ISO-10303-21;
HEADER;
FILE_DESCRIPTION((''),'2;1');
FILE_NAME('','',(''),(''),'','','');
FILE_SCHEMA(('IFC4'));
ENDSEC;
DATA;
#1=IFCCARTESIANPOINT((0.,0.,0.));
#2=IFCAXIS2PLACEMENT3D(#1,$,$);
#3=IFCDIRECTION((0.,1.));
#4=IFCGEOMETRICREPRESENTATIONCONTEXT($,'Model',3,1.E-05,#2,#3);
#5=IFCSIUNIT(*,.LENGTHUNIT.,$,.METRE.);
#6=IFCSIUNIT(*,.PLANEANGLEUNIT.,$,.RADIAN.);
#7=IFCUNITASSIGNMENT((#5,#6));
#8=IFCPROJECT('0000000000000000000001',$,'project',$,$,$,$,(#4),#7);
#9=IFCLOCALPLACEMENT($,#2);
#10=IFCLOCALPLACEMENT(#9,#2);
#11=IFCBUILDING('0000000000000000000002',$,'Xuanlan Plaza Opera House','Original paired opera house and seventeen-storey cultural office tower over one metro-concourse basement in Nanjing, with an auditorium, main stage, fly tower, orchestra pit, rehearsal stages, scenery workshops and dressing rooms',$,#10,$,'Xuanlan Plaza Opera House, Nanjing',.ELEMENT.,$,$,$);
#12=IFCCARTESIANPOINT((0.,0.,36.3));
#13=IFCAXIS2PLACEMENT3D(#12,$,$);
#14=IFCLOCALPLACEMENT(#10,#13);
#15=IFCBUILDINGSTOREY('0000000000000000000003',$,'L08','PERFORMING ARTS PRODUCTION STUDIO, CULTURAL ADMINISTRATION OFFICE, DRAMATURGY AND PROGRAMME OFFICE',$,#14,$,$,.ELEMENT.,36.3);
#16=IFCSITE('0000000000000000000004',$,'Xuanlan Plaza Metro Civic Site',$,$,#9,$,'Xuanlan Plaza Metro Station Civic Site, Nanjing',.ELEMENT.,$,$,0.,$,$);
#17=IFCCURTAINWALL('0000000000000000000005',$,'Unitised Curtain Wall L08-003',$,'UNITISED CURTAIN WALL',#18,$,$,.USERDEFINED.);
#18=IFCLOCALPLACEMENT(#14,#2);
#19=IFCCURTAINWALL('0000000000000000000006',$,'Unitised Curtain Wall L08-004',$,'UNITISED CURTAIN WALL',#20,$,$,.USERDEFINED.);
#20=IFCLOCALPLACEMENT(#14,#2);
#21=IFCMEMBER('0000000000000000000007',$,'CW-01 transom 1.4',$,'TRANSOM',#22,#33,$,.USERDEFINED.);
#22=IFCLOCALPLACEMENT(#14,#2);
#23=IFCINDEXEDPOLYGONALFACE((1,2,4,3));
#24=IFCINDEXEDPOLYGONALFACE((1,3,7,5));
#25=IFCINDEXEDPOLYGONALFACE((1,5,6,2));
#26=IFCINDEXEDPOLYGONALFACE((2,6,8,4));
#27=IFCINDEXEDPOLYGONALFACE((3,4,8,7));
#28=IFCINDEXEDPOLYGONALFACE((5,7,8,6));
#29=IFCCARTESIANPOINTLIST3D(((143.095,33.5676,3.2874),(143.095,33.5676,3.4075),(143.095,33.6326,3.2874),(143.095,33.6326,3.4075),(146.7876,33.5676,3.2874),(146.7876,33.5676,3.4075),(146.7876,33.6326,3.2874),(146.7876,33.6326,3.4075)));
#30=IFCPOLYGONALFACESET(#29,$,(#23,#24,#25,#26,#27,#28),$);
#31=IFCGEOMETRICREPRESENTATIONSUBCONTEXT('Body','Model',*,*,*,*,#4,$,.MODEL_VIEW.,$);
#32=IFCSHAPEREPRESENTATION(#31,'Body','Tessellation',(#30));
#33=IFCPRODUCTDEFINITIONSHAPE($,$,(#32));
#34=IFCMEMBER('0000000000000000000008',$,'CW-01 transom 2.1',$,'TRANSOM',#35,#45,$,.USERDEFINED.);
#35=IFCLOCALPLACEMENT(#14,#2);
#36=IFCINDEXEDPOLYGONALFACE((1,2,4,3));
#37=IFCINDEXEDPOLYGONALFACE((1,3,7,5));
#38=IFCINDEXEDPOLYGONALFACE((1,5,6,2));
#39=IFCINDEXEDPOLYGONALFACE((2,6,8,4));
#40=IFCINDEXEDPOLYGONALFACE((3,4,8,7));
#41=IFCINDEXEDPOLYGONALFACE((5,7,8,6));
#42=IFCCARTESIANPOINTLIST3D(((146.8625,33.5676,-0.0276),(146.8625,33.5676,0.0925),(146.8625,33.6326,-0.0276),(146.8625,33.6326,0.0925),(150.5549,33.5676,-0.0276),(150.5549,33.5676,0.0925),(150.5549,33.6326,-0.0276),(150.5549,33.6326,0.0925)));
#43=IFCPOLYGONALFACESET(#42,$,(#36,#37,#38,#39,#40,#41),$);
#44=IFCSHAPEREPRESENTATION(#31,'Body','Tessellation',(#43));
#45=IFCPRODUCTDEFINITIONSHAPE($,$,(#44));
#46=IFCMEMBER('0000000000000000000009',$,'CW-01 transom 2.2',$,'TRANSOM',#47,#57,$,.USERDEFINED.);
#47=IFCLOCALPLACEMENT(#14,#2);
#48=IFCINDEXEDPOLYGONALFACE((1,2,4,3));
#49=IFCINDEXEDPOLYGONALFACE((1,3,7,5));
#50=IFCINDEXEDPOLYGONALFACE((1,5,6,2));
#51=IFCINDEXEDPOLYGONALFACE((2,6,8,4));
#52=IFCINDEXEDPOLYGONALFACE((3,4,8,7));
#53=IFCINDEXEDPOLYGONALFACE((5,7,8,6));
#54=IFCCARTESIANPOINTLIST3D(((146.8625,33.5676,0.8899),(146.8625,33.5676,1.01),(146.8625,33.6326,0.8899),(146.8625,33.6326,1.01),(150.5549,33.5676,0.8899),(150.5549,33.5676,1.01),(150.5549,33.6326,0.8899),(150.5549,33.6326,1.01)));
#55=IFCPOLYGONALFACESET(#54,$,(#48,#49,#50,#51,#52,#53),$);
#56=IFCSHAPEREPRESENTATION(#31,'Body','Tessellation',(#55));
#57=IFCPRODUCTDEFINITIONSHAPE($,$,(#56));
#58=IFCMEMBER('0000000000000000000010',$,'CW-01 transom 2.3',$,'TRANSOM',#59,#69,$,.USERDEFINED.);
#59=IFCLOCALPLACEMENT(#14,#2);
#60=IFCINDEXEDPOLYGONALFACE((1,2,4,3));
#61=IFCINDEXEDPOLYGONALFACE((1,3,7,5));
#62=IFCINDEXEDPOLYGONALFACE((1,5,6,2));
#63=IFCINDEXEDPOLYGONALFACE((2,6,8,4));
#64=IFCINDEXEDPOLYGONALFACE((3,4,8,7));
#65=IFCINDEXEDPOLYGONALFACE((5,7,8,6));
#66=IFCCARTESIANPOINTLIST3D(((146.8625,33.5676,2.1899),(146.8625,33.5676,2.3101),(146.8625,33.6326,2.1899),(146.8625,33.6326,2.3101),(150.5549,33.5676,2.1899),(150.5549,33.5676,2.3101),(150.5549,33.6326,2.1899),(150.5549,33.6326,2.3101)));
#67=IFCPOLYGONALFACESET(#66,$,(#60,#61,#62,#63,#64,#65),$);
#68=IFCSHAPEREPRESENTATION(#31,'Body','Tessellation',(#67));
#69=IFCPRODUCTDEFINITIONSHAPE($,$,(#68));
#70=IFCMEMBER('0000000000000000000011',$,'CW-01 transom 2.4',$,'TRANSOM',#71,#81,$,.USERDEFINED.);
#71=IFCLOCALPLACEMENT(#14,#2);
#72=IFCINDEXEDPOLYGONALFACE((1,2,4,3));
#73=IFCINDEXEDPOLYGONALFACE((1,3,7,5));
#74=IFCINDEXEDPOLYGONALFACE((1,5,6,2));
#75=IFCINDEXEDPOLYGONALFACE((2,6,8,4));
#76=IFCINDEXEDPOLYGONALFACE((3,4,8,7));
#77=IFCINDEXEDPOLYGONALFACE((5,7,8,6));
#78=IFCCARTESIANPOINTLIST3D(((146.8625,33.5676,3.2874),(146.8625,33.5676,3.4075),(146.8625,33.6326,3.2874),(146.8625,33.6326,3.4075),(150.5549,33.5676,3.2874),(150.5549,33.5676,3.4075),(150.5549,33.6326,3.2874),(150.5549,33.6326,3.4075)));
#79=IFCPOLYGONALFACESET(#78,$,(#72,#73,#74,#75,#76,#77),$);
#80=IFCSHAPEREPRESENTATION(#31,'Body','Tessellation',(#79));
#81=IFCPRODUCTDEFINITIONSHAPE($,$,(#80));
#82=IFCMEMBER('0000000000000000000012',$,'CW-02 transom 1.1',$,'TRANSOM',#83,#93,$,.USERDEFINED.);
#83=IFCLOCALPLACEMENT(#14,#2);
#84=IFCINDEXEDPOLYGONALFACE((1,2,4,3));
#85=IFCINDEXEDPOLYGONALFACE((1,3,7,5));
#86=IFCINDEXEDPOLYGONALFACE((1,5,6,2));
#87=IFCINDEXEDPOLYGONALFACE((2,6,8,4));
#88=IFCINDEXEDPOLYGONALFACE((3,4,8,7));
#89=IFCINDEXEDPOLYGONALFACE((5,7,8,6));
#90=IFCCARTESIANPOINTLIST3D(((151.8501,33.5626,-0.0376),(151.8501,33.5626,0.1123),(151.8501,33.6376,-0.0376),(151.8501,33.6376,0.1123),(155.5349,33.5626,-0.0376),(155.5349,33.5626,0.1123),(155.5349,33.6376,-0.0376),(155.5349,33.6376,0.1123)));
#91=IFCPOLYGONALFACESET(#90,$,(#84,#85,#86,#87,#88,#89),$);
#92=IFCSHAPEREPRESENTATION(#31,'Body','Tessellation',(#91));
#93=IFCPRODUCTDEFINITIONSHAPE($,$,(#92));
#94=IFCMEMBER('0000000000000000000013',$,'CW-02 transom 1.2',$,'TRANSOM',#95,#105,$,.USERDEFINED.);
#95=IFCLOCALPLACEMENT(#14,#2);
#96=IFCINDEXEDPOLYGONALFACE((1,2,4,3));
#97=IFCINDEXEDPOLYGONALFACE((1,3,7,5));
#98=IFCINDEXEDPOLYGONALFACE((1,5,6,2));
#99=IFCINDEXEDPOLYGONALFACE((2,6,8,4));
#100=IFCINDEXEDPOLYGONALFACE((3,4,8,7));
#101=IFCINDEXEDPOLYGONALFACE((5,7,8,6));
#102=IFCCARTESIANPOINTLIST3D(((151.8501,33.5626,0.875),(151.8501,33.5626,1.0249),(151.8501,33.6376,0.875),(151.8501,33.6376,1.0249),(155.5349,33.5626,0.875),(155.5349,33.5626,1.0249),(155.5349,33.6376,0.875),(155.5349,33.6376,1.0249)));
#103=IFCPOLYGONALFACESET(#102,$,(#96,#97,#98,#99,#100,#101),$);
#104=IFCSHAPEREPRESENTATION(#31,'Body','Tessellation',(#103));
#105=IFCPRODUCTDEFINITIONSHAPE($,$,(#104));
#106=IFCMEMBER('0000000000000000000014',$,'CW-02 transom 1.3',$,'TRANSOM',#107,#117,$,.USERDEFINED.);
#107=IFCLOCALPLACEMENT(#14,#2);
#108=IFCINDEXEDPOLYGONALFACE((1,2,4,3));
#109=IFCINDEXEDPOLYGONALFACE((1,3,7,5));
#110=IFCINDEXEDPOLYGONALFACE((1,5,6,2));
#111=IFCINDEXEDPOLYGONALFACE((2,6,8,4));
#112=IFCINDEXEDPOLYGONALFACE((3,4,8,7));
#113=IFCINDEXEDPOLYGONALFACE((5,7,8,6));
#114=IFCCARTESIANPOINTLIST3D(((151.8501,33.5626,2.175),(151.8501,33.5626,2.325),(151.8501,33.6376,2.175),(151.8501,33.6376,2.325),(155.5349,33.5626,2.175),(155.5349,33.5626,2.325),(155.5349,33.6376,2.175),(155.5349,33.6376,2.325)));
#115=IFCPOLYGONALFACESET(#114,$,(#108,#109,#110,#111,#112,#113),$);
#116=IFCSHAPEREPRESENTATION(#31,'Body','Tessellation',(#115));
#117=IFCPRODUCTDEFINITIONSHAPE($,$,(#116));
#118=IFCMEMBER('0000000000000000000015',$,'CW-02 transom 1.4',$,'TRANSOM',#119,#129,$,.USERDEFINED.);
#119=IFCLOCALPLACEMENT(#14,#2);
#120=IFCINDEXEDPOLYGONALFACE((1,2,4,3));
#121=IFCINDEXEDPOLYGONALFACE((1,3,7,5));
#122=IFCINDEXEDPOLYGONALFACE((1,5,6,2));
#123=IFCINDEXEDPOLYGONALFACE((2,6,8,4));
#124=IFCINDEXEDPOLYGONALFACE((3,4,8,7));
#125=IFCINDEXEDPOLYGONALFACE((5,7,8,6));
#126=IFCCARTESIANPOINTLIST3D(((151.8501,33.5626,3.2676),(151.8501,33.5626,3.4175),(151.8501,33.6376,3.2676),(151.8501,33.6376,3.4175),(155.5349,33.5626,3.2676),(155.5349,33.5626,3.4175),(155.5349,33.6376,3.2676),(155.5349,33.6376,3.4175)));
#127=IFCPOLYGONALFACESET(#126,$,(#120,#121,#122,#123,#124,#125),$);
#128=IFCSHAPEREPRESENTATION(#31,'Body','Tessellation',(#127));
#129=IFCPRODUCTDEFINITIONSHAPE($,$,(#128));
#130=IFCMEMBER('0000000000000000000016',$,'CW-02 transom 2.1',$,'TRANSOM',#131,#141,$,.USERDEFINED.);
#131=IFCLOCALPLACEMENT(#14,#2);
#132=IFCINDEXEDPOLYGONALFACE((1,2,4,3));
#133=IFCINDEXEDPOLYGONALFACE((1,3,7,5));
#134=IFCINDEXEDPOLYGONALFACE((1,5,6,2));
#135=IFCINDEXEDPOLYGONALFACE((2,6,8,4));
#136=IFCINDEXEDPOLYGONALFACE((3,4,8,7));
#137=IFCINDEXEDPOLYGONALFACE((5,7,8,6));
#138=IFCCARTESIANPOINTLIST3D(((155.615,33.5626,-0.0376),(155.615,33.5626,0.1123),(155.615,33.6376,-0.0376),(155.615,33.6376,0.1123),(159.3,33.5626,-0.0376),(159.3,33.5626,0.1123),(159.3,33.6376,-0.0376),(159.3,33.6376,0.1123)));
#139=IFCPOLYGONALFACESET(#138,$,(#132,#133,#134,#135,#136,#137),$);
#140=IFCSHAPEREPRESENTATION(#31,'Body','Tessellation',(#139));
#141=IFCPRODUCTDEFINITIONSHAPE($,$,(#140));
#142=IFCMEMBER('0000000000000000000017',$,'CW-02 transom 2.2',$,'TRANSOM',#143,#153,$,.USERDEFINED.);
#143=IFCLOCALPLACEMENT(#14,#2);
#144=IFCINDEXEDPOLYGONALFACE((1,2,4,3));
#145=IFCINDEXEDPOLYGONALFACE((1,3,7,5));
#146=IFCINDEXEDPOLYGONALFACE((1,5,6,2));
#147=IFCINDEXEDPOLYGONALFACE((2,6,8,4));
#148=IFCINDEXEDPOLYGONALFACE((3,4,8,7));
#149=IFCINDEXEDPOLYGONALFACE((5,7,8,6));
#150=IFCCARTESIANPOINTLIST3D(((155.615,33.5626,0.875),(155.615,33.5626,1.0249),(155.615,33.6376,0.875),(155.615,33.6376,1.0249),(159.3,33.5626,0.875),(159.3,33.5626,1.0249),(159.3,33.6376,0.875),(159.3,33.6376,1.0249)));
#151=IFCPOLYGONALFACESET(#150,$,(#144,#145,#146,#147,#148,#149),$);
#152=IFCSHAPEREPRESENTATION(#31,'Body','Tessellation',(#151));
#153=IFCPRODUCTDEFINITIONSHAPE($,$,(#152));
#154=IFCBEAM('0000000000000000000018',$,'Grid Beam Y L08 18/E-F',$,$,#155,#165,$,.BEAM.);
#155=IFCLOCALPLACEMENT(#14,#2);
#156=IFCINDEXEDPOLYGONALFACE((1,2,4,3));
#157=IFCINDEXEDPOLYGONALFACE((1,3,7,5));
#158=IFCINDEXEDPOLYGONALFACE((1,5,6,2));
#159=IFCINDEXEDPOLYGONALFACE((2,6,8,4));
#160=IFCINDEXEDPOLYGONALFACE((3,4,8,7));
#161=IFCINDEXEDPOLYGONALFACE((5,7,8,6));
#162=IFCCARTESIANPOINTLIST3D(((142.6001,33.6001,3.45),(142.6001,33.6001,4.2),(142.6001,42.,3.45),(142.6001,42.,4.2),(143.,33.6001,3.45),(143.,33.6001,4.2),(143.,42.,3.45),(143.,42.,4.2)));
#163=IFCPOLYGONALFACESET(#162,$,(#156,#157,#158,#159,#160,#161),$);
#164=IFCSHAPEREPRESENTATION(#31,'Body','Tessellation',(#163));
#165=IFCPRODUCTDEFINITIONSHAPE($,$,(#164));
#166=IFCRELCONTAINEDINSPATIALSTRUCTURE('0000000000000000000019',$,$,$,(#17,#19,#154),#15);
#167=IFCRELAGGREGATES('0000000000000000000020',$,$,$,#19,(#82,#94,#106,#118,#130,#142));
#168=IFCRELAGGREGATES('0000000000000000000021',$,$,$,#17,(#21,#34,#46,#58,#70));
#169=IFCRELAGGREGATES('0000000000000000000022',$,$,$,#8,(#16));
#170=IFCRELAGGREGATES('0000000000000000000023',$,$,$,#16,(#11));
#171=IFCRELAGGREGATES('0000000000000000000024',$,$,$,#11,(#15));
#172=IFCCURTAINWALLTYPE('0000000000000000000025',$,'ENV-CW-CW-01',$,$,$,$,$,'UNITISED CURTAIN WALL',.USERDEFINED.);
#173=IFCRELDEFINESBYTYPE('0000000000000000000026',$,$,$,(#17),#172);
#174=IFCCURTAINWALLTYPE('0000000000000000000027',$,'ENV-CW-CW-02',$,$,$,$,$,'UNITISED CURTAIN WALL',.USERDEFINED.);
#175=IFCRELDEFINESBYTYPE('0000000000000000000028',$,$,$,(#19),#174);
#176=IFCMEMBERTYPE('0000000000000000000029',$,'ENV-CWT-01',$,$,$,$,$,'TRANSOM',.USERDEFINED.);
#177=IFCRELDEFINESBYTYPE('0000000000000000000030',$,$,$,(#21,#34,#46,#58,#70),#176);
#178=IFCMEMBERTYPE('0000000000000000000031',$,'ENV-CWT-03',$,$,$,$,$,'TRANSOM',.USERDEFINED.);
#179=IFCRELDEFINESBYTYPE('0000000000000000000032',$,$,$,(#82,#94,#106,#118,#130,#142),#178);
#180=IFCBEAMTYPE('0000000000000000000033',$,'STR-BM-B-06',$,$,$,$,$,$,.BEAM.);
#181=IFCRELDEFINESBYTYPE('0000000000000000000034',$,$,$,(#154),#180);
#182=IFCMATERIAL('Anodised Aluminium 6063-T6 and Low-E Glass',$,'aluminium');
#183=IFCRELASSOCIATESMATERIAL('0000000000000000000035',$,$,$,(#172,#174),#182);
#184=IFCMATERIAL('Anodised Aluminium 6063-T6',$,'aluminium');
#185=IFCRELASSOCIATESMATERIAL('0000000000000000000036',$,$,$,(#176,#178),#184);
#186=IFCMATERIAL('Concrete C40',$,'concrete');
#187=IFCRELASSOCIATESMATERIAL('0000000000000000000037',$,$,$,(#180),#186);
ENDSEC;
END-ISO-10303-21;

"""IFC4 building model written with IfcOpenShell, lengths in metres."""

from ifc_helpers import new_model, si_unit, direction, frame, origin, origin_2d, place, context, subcontext, project, spatial, rectangle, extrude, material, material_profile, profile_set, type_object, element, aggregate, save


model = new_model("IFC4")

# Units and contexts
model_context = context("Model", 3, precision=1e-05, world=origin(), true_north=direction((0.0, 1.0)))
body_context = subcontext(model_context, "Body", "Model", "MODEL_VIEW")
ifc_project = project(units=[si_unit("LENGTHUNIT", "METRE"), si_unit("PLANEANGLEUNIT", "RADIAN")], contexts=[model_context])

# Site, building, storey
site_placement = place(None, origin())
site = spatial("IfcSite", under=ifc_project, at=site_placement, Name="Xuanlan Plaza Metro Civic Site", LongName="Xuanlan Plaza Metro Station Civic Site, Nanjing", CompositionType="ELEMENT", RefElevation=0.0)
building_placement = place(site_placement, origin())
building = spatial("IfcBuilding", under=site, at=building_placement, Name="Xuanlan Plaza Opera House", Description="Original paired opera house and seventeen-storey cultural office tower over one metro-concourse basement in Nanjing, with an auditorium, main stage, fly tower, orchestra pit, rehearsal stages, scenery workshops and dressing rooms", LongName="Xuanlan Plaza Opera House, Nanjing", CompositionType="ELEMENT")
storey_placement = place(building_placement, frame((0.0, 0.0, 36.3)))
storey = spatial("IfcBuildingStorey", under=building, at=storey_placement, Name="L08", Description="PERFORMING ARTS PRODUCTION STUDIO, CULTURAL ADMINISTRATION OFFICE, DRAMATURGY AND PROGRAMME OFFICE", CompositionType="ELEMENT", Elevation=36.3)

# Shared definitions
ifc_material_1 = material(Name="Anodised Aluminium 6063-T6 and Low-E Glass", Category="aluminium")
ifc_material_2 = material(Name="Anodised Aluminium 6063-T6", Category="aluminium")

# Curtain walls
curtain_wall_type_1 = type_object("IfcCurtainWallType", Name="ENV-CW-CW-01", ElementType="UNITISED CURTAIN WALL", PredefinedType="USERDEFINED", material=ifc_material_1)
curtain_wall_1_placement = place(storey_placement, origin())
curtain_wall_1 = element("IfcCurtainWall", 1, at=curtain_wall_1_placement, inside=storey, type_object=curtain_wall_type_1, Name="Unitised Curtain Wall L08-003", ObjectType="UNITISED CURTAIN WALL", PredefinedType="USERDEFINED")
curtain_wall_type_2 = type_object("IfcCurtainWallType", Name="ENV-CW-CW-02", ElementType="UNITISED CURTAIN WALL", PredefinedType="USERDEFINED", material=ifc_material_1)
curtain_wall_2_placement = place(storey_placement, origin())
curtain_wall_2 = element("IfcCurtainWall", 2, at=curtain_wall_2_placement, inside=storey, type_object=curtain_wall_type_2, Name="Unitised Curtain Wall L08-004", ObjectType="UNITISED CURTAIN WALL", PredefinedType="USERDEFINED")

# Members
ifc_material_profile_1 = material_profile(ifc_material_2, rectangle(XDim=0.0649, YDim=0.1201, at=origin_2d()), Name="ALU-T 65x120")
ifc_profile_set_1 = profile_set([ifc_material_profile_1], Name="Anodised Aluminium 6063-T6")
member_type_1 = type_object("IfcMemberType", Name="ENV-CWT-01", ElementType="TRANSOM", PredefinedType="USERDEFINED", material=ifc_profile_set_1)
member_1_placement = place(storey_placement, frame((143.095, 33.6001, 3.3474), z_axis=(1.0, 0.0, 0.0), x_axis=(0.0, 1.0, 0.0)))
member_1 = element("IfcMember", 3, at=member_1_placement, type_object=member_type_1, Name="CW-01 transom 1.4", ObjectType="TRANSOM", PredefinedType="USERDEFINED", context=body_context, shape_type="SweptSolid", body=[
    extrude(rectangle(XDim=0.0649, YDim=0.1201, at=origin_2d()), origin(), (0.0, 0.0, 1.0), 3.6926),
])
member_2_placement = place(storey_placement, frame((146.8625, 33.6001, 0.0325), z_axis=(1.0, 0.0, 0.0), x_axis=(0.0, 1.0, 0.0)))
member_2 = element("IfcMember", 4, at=member_2_placement, type_object=member_type_1, Name="CW-01 transom 2.1", ObjectType="TRANSOM", PredefinedType="USERDEFINED", context=body_context, shape_type="SweptSolid", body=[
    extrude(rectangle(XDim=0.0649, YDim=0.1201, at=origin_2d()), origin(), (0.0, 0.0, 1.0), 3.6924),
])
member_3_placement = place(storey_placement, frame((146.8625, 33.6001, 0.95), z_axis=(1.0, 0.0, 0.0), x_axis=(0.0, 1.0, 0.0)))
member_3 = element("IfcMember", 5, at=member_3_placement, type_object=member_type_1, Name="CW-01 transom 2.2", ObjectType="TRANSOM", PredefinedType="USERDEFINED", context=body_context, shape_type="SweptSolid", body=[
    extrude(rectangle(XDim=0.0649, YDim=0.1201, at=origin_2d()), origin(), (0.0, 0.0, 1.0), 3.6924),
])
member_4_placement = place(storey_placement, frame((146.8625, 33.6001, 2.25), z_axis=(1.0, 0.0, 0.0), x_axis=(0.0, 1.0, 0.0)))
member_4 = element("IfcMember", 6, at=member_4_placement, type_object=member_type_1, Name="CW-01 transom 2.3", ObjectType="TRANSOM", PredefinedType="USERDEFINED", context=body_context, shape_type="SweptSolid", body=[
    extrude(rectangle(XDim=0.0649, YDim=0.1201, at=origin_2d()), origin(), (0.0, 0.0, 1.0), 3.6924),
])
member_5_placement = place(storey_placement, frame((146.8625, 33.6001, 3.3474), z_axis=(1.0, 0.0, 0.0), x_axis=(0.0, 1.0, 0.0)))
member_5 = element("IfcMember", 7, at=member_5_placement, type_object=member_type_1, Name="CW-01 transom 2.4", ObjectType="TRANSOM", PredefinedType="USERDEFINED", context=body_context, shape_type="SweptSolid", body=[
    extrude(rectangle(XDim=0.0649, YDim=0.1201, at=origin_2d()), origin(), (0.0, 0.0, 1.0), 3.6924),
])
ifc_material_profile_2 = material_profile(ifc_material_2, rectangle(XDim=0.075, YDim=0.1499, at=origin_2d()), Name="ALU-T 75x150")
ifc_profile_set_2 = profile_set([ifc_material_profile_2], Name="Anodised Aluminium 6063-T6")
member_type_2 = type_object("IfcMemberType", Name="ENV-CWT-03", ElementType="TRANSOM", PredefinedType="USERDEFINED", material=ifc_profile_set_2)
member_6_placement = place(storey_placement, frame((151.8501, 33.6001, 0.0374), z_axis=(1.0, 0.0, 0.0), x_axis=(0.0, 1.0, 0.0)))
member_6 = element("IfcMember", 8, at=member_6_placement, type_object=member_type_2, Name="CW-02 transom 1.1", ObjectType="TRANSOM", PredefinedType="USERDEFINED", context=body_context, shape_type="SweptSolid", body=[
    extrude(rectangle(XDim=0.075, YDim=0.1499, at=origin_2d()), origin(), (0.0, 0.0, 1.0), 3.6848),
])
member_7_placement = place(storey_placement, frame((151.8501, 33.6001, 0.95), z_axis=(1.0, 0.0, 0.0), x_axis=(0.0, 1.0, 0.0)))
member_7 = element("IfcMember", 9, at=member_7_placement, type_object=member_type_2, Name="CW-02 transom 1.2", ObjectType="TRANSOM", PredefinedType="USERDEFINED", context=body_context, shape_type="SweptSolid", body=[
    extrude(rectangle(XDim=0.075, YDim=0.1499, at=origin_2d()), origin(), (0.0, 0.0, 1.0), 3.6848),
])
member_8_placement = place(storey_placement, frame((151.8501, 33.6001, 2.25), z_axis=(1.0, 0.0, 0.0), x_axis=(0.0, 1.0, 0.0)))
member_8 = element("IfcMember", 10, at=member_8_placement, type_object=member_type_2, Name="CW-02 transom 1.3", ObjectType="TRANSOM", PredefinedType="USERDEFINED", context=body_context, shape_type="SweptSolid", body=[
    extrude(rectangle(XDim=0.075, YDim=0.1499, at=origin_2d()), origin(), (0.0, 0.0, 1.0), 3.6848),
])
member_9_placement = place(storey_placement, frame((151.8501, 33.6001, 3.3425), z_axis=(1.0, 0.0, 0.0), x_axis=(0.0, 1.0, 0.0)))
member_9 = element("IfcMember", 11, at=member_9_placement, type_object=member_type_2, Name="CW-02 transom 1.4", ObjectType="TRANSOM", PredefinedType="USERDEFINED", context=body_context, shape_type="SweptSolid", body=[
    extrude(rectangle(XDim=0.075, YDim=0.1499, at=origin_2d()), origin(), (0.0, 0.0, 1.0), 3.6848),
])
member_10_placement = place(storey_placement, frame((155.615, 33.6001, 0.0374), z_axis=(1.0, 0.0, 0.0), x_axis=(0.0, 1.0, 0.0)))
member_10 = element("IfcMember", 12, at=member_10_placement, type_object=member_type_2, Name="CW-02 transom 2.1", ObjectType="TRANSOM", PredefinedType="USERDEFINED", context=body_context, shape_type="SweptSolid", body=[
    extrude(rectangle(XDim=0.075, YDim=0.1499, at=origin_2d()), origin(), (0.0, 0.0, 1.0), 3.6851),
])
member_11_placement = place(storey_placement, frame((155.615, 33.6001, 0.95), z_axis=(1.0, 0.0, 0.0), x_axis=(0.0, 1.0, 0.0)))
member_11 = element("IfcMember", 13, at=member_11_placement, type_object=member_type_2, Name="CW-02 transom 2.2", ObjectType="TRANSOM", PredefinedType="USERDEFINED", context=body_context, shape_type="SweptSolid", body=[
    extrude(rectangle(XDim=0.075, YDim=0.1499, at=origin_2d()), origin(), (0.0, 0.0, 1.0), 3.6851),
])

# Beam
ifc_material_3 = material(Name="Concrete C40", Category="concrete")
ifc_material_profile_3 = material_profile(ifc_material_3, rectangle(XDim=0.3999, YDim=0.75, at=origin_2d()), Name="RC-BM 400x750")
ifc_profile_set_3 = profile_set([ifc_material_profile_3], Name="Concrete C40")
beam_type_1 = type_object("IfcBeamType", Name="STR-BM-B-06", PredefinedType="BEAM", material=ifc_profile_set_3)
beam_1_placement = place(storey_placement, frame((142.8, 33.6001, 3.825), z_axis=(0.0, 1.0, 0.0), x_axis=(-1.0, 0.0, 0.0)))
element("IfcBeam", 14, at=beam_1_placement, inside=storey, type_object=beam_type_1, Name="Grid Beam Y L08 18/E-F", PredefinedType="BEAM", context=body_context, shape_type="SweptSolid", body=[
    extrude(rectangle(XDim=0.3999, YDim=0.75, at=origin_2d()), origin(), (0.0, 0.0, 1.0), 8.3999),
])

aggregate(curtain_wall_2, [member_6, member_7, member_8, member_9, member_10, member_11])
aggregate(curtain_wall_1, [member_1, member_2, member_3, member_4, member_5])

save(model, "model.ifc")
